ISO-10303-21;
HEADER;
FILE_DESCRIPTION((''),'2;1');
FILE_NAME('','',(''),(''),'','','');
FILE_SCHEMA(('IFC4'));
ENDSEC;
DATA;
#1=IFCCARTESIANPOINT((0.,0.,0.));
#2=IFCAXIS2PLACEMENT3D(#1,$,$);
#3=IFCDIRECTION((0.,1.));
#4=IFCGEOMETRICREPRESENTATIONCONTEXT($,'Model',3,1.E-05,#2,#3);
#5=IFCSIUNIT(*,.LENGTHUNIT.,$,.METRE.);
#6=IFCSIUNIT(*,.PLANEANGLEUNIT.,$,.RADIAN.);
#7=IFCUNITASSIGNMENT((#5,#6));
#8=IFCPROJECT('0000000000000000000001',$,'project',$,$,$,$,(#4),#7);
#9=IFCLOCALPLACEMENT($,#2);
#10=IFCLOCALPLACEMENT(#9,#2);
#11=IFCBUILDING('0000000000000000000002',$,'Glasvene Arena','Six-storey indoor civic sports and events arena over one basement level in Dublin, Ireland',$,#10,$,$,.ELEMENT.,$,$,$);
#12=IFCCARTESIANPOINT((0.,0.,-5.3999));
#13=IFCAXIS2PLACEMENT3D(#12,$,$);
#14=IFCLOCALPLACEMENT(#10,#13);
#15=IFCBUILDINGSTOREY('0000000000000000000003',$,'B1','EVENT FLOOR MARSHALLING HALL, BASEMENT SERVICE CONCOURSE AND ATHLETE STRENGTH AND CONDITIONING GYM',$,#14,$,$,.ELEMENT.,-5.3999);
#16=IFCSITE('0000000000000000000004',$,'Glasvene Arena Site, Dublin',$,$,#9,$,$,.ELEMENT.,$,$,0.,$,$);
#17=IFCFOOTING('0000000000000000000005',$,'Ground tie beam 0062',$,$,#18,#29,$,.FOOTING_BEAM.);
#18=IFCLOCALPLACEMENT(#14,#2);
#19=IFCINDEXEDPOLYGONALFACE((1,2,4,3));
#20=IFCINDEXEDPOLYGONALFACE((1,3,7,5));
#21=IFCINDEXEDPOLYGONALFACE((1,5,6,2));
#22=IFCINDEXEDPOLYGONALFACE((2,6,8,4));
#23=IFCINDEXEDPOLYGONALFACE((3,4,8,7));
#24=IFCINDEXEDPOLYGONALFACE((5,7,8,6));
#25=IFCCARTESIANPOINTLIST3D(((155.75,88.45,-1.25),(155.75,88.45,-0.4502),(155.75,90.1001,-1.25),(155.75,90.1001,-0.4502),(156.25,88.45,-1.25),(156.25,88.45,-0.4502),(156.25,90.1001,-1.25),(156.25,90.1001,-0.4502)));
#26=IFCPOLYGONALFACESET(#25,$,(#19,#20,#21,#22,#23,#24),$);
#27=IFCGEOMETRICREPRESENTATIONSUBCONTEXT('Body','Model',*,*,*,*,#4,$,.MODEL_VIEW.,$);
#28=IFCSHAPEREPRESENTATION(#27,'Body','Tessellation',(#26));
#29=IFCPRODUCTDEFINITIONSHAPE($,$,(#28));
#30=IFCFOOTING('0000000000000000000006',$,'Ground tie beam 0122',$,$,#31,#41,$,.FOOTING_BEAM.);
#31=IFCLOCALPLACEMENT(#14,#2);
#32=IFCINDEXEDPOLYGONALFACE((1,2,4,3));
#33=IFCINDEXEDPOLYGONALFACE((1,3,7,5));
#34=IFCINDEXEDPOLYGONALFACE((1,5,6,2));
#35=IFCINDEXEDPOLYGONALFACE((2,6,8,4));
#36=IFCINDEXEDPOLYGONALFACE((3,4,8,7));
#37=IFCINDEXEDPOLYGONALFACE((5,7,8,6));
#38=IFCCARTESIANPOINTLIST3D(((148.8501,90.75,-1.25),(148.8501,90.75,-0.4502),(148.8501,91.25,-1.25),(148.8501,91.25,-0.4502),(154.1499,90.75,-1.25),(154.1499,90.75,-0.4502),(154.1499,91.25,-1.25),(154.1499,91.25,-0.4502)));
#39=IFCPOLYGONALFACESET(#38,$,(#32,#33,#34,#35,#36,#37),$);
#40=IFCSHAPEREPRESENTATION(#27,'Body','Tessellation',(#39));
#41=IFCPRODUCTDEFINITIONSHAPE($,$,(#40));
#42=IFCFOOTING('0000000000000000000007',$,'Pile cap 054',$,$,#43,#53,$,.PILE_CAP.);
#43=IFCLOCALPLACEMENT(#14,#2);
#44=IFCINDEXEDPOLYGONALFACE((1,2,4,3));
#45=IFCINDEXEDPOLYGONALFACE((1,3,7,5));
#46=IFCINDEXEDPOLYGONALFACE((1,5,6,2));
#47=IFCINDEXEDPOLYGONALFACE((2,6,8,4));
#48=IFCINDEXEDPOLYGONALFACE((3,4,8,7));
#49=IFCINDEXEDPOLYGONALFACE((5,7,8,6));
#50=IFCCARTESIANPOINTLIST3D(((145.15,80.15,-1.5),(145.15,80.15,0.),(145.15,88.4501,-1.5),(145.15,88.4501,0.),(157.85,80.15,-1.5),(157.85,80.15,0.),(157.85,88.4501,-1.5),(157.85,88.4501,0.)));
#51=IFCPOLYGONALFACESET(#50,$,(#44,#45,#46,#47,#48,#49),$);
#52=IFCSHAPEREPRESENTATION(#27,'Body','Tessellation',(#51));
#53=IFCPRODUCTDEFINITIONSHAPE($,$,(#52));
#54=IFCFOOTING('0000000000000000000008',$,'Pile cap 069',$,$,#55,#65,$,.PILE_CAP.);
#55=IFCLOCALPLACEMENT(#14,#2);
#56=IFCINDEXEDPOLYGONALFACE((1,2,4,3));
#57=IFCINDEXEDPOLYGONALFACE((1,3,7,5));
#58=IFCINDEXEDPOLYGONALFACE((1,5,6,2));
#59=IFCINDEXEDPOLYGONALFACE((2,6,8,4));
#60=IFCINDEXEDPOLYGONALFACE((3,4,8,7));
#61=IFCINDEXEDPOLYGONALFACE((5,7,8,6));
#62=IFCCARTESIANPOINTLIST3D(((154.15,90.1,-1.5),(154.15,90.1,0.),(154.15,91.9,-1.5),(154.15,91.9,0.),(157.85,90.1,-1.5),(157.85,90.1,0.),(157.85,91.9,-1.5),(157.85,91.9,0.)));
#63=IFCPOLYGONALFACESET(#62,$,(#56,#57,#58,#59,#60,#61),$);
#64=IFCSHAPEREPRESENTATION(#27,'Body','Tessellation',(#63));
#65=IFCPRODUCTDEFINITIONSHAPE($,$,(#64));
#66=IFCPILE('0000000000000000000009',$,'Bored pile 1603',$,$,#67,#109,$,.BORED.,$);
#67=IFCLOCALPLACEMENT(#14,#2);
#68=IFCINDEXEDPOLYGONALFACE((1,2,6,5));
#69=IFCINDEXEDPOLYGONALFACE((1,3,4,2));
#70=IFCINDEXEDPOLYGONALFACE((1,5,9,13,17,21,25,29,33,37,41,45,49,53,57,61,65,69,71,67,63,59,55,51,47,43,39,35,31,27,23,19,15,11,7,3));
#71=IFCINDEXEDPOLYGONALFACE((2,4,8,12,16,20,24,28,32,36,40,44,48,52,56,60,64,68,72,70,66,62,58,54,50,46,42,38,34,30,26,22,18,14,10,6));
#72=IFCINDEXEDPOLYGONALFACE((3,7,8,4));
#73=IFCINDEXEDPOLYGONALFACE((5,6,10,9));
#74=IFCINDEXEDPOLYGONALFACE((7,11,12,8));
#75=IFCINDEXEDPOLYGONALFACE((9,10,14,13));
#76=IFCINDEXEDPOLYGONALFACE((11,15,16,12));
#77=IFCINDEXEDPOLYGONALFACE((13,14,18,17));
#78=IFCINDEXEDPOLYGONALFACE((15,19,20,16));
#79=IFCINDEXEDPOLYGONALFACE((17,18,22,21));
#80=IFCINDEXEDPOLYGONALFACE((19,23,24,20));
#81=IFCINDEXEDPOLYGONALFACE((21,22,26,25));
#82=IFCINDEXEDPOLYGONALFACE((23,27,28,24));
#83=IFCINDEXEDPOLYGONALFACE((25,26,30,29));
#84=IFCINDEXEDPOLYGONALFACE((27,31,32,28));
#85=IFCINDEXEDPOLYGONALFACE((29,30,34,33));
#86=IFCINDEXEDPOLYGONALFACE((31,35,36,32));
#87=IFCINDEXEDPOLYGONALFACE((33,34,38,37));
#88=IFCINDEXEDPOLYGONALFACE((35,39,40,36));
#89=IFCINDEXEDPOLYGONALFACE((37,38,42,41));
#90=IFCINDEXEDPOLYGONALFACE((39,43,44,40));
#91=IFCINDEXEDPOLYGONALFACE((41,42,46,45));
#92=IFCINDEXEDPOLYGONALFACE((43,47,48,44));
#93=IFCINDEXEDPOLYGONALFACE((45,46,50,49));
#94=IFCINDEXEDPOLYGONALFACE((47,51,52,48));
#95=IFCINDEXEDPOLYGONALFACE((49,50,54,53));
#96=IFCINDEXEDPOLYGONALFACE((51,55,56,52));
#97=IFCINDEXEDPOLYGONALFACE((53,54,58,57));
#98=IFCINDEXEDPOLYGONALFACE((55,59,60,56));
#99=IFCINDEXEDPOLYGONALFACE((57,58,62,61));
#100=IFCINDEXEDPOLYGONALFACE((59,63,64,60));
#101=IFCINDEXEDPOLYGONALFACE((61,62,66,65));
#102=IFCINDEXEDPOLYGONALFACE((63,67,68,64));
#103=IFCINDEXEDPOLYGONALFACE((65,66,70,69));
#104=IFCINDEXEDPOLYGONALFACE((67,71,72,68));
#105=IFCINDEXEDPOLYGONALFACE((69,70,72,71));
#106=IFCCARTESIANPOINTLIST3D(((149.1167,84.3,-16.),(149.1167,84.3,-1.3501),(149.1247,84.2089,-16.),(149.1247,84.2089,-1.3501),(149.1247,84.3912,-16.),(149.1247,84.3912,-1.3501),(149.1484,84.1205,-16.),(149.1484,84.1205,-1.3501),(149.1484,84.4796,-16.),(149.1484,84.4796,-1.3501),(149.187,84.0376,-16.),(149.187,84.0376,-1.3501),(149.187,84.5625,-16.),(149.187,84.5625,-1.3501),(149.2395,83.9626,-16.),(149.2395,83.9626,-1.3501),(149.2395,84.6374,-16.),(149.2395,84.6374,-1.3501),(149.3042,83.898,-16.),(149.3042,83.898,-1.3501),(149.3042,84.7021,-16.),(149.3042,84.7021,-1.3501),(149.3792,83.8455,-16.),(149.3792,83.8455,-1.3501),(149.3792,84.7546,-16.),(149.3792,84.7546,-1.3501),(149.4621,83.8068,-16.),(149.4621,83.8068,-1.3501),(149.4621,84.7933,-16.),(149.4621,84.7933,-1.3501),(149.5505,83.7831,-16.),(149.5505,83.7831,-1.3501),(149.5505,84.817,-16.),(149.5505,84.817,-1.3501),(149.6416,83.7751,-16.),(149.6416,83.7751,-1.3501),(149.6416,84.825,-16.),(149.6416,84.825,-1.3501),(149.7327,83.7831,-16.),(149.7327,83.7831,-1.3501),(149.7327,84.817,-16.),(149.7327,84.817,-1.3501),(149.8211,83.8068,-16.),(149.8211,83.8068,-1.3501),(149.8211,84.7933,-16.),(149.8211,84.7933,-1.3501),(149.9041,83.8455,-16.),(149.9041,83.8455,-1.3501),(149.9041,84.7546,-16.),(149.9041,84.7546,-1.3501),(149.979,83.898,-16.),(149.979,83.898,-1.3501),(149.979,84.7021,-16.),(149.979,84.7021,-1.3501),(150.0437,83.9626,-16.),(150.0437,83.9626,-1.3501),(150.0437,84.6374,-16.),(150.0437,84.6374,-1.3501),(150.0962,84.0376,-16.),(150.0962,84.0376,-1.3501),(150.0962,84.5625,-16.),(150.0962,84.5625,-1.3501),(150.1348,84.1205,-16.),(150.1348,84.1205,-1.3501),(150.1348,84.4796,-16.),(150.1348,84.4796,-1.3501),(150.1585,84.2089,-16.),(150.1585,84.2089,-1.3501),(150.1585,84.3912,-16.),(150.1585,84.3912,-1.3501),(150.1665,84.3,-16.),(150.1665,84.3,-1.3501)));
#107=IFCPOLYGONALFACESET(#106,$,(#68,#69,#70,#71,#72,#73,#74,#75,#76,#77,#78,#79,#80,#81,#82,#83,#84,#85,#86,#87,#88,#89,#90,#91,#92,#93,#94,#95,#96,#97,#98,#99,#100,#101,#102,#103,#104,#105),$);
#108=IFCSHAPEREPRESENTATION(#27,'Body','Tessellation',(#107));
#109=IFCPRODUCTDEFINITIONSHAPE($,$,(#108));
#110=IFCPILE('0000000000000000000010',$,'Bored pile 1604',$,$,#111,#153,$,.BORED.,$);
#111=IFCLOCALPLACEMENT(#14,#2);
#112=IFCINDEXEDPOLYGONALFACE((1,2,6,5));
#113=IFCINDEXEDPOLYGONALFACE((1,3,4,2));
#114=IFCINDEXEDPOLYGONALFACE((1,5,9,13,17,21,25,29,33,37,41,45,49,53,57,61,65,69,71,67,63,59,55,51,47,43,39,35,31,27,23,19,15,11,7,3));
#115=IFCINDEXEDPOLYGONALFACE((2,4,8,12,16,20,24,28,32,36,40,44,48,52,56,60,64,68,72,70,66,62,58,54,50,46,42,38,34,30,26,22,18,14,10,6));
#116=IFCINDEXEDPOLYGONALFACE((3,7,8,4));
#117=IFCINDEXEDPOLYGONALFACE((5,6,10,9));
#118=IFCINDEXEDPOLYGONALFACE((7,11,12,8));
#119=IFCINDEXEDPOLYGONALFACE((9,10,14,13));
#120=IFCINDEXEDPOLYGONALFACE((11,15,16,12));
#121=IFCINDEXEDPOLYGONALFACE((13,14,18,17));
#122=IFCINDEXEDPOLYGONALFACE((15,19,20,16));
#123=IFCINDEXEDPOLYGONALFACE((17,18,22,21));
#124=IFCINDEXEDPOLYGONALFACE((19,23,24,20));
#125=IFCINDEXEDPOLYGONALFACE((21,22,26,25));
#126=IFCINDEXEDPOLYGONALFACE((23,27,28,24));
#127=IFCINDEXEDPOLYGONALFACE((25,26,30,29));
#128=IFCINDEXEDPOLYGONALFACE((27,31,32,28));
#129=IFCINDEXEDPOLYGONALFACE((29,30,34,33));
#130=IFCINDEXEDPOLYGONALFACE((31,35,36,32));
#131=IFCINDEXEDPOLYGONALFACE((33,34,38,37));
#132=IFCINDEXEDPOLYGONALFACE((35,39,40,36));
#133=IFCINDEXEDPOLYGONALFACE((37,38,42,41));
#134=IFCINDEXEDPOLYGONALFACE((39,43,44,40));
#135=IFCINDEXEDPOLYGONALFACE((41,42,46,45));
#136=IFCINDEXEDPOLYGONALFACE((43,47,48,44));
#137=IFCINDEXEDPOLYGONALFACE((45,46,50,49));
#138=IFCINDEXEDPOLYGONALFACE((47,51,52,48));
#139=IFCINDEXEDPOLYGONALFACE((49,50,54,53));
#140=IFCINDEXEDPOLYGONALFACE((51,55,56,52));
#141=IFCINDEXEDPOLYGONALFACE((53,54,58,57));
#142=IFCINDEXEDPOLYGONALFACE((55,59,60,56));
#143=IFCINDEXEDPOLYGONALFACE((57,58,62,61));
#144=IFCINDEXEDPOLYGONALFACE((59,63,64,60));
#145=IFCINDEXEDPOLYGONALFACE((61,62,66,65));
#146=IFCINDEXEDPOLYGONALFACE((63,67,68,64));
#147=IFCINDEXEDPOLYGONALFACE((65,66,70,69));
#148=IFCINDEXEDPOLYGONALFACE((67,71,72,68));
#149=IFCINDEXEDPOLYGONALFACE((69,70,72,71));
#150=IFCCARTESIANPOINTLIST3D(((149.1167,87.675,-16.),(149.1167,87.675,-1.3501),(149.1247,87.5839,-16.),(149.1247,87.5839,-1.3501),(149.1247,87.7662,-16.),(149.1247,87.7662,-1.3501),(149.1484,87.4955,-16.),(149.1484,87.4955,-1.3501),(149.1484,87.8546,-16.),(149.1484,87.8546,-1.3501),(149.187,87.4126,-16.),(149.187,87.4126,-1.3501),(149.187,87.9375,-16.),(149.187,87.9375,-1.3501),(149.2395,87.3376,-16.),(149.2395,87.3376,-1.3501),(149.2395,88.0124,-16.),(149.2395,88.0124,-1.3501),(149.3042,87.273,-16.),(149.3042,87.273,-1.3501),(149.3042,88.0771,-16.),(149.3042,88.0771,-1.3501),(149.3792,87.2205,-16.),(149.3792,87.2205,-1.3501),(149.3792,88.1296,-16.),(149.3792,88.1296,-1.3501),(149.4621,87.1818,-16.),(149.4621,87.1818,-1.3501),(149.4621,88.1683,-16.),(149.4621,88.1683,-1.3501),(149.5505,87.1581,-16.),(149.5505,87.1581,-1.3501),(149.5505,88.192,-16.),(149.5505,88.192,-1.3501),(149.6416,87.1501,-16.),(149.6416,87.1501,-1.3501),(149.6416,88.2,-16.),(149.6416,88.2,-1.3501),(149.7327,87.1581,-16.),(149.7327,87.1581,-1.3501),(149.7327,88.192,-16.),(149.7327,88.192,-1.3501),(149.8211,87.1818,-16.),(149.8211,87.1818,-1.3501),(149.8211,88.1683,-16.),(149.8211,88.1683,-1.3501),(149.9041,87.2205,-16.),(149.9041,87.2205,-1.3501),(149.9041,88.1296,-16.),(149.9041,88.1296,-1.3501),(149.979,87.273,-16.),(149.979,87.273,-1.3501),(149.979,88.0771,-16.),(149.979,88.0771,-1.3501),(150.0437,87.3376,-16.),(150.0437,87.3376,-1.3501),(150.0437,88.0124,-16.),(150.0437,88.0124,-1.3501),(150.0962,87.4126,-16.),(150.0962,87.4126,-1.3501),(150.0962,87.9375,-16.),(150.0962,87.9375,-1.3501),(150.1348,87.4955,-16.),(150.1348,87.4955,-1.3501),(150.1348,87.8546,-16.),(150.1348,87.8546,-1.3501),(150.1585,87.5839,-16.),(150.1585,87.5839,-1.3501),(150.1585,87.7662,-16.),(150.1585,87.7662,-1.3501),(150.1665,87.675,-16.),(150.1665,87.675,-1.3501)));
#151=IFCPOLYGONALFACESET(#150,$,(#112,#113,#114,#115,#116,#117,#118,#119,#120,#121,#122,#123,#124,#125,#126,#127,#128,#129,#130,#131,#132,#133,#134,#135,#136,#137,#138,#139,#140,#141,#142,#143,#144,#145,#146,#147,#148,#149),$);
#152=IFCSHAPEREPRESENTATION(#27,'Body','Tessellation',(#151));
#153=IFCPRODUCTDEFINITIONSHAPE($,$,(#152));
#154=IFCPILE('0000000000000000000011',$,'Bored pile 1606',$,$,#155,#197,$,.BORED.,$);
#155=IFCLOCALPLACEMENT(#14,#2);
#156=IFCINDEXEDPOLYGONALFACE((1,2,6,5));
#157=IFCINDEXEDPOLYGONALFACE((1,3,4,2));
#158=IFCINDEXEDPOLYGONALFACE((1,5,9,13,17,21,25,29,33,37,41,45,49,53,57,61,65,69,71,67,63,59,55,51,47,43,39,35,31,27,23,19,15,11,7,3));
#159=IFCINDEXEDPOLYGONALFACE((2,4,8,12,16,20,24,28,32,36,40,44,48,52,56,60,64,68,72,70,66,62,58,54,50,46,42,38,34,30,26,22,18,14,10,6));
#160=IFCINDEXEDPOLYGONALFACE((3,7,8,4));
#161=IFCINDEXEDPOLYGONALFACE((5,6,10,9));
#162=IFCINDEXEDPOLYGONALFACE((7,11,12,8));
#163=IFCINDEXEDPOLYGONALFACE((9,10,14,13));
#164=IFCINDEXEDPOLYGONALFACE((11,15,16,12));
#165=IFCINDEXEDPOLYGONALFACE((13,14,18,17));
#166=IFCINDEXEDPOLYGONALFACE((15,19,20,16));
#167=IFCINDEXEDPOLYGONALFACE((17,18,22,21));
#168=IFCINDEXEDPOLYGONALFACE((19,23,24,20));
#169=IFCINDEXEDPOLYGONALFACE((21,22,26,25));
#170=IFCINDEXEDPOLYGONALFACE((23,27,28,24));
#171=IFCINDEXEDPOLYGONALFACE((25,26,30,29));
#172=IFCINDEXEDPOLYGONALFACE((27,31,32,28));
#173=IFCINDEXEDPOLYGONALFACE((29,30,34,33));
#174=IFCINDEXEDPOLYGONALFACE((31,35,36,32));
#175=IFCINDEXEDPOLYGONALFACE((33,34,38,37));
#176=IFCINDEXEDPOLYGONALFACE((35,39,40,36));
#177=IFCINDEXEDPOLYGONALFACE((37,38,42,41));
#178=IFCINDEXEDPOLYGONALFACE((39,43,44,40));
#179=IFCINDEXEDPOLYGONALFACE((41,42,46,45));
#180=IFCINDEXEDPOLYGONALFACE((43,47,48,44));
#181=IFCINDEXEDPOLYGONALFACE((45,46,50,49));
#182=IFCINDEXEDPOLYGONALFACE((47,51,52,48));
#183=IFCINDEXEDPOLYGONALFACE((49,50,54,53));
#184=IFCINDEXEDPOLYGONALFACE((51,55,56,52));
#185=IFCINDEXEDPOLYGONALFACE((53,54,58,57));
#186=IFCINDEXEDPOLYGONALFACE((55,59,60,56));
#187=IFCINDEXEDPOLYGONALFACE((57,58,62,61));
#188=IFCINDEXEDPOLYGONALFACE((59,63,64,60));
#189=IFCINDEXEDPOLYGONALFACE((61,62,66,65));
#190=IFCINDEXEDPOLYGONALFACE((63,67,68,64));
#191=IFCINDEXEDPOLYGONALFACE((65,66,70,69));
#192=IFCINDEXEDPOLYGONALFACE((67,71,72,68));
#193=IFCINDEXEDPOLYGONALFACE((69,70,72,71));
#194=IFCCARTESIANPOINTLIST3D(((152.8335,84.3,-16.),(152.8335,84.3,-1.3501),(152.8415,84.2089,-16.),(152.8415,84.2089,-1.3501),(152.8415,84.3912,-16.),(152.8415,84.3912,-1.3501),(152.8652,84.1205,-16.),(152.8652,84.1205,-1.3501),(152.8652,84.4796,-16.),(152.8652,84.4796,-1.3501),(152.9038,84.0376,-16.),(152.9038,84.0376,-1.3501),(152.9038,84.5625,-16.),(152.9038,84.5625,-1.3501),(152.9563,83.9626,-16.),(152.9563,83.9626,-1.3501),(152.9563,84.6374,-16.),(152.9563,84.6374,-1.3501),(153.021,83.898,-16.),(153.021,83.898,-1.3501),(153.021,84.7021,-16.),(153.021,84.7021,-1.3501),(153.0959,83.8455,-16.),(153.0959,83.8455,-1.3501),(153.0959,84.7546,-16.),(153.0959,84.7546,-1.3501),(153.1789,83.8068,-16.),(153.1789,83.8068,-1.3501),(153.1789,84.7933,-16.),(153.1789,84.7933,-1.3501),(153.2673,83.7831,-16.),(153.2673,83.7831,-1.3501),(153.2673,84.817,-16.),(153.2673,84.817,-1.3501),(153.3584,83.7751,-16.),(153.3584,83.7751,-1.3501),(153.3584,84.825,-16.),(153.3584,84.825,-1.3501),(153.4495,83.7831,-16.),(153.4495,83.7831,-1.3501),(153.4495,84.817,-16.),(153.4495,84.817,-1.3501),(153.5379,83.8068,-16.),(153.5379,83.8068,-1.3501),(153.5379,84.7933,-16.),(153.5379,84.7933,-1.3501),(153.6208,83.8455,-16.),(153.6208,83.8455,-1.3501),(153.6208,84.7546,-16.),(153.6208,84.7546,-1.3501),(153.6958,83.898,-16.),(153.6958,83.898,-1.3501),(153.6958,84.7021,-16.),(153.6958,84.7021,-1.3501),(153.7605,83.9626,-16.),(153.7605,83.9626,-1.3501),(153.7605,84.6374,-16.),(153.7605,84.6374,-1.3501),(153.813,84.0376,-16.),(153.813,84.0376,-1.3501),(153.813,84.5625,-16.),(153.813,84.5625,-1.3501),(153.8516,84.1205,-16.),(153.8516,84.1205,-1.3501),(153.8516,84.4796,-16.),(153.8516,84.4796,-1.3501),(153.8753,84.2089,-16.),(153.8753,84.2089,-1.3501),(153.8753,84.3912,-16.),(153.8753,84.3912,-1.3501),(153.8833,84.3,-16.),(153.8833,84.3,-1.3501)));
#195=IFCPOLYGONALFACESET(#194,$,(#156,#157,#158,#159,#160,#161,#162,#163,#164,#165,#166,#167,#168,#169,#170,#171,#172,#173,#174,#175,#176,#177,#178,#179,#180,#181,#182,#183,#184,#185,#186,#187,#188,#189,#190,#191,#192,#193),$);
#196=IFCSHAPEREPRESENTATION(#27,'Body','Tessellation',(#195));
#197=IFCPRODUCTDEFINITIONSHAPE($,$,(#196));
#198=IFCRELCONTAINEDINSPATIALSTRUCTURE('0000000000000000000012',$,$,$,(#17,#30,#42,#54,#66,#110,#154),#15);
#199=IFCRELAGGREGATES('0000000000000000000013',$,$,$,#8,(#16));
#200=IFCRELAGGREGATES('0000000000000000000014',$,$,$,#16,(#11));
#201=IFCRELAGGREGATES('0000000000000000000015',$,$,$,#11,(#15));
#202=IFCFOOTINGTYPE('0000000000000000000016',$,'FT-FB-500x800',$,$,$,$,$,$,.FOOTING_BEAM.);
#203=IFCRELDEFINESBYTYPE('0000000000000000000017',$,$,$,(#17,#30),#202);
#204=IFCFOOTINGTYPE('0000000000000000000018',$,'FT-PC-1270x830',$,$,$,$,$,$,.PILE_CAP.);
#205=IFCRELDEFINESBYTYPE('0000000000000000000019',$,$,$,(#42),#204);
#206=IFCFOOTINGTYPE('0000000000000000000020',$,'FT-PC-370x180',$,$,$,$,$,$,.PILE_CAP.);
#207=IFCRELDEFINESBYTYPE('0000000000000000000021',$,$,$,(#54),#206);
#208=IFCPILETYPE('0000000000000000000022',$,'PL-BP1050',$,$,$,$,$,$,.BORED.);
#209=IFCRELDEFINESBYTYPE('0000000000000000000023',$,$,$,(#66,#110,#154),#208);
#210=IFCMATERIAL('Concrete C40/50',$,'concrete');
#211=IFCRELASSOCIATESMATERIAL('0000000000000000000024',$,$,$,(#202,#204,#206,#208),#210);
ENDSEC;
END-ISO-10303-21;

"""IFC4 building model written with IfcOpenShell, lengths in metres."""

from ifc_helpers import new_model, si_unit, direction, frame, origin, origin_2d, place, context, subcontext, project, spatial, polyline, rectangle, circle, outline, extrude, material, material_profile, profile_set, type_object, element, save


model = new_model("IFC4")

# Units and contexts
model_context = context("Model", 3, precision=1e-05, world=origin(), true_north=direction((0.0, 1.0)))
body_context = subcontext(model_context, "Body", "Model", "MODEL_VIEW")
ifc_project = project(units=[si_unit("LENGTHUNIT", "METRE"), si_unit("PLANEANGLEUNIT", "RADIAN")], contexts=[model_context])

# Site, building, storey
site_placement = place(None, origin())
site = spatial("IfcSite", under=ifc_project, at=site_placement, Name="Glasvene Arena Site, Dublin", CompositionType="ELEMENT", RefElevation=0.0)
building_placement = place(site_placement, origin())
building = spatial("IfcBuilding", under=site, at=building_placement, Name="Glasvene Arena", Description="Six-storey indoor civic sports and events arena over one basement level in Dublin, Ireland", CompositionType="ELEMENT")
storey_placement = place(building_placement, frame((0.0, 0.0, -5.3999)))
storey = spatial("IfcBuildingStorey", under=building, at=storey_placement, Name="B1", Description="EVENT FLOOR MARSHALLING HALL, BASEMENT SERVICE CONCOURSE AND ATHLETE STRENGTH AND CONDITIONING GYM", CompositionType="ELEMENT", Elevation=-5.3999)

# Footings
ifc_material_1 = material(Name="Concrete C40/50", Category="concrete")
footing_type_1 = type_object("IfcFootingType", Name="FT-FB-500x800", PredefinedType="FOOTING_BEAM", material=ifc_material_1)
footing_1_placement = place(storey_placement, frame((156.0, 89.2749, -1.25)))
element("IfcFooting", 1, at=footing_1_placement, inside=storey, type_object=footing_type_1, Name="Ground tie beam 0062", PredefinedType="FOOTING_BEAM", context=body_context, shape_type="SweptSolid", body=[
    extrude(outline(polyline([(-0.25, -0.825), (0.25, -0.825), (0.25, 0.8252), (-0.25, 0.8252), (-0.25, -0.825)])), origin(), (0.0, 0.0, 1.0), 0.7998),
])
footing_2_placement = place(storey_placement, frame((151.5, 91.0, -1.25)))
element("IfcFooting", 2, at=footing_2_placement, inside=storey, type_object=footing_type_1, Name="Ground tie beam 0122", PredefinedType="FOOTING_BEAM", context=body_context, shape_type="SweptSolid", body=[
    extrude(outline(polyline([(-2.6499, -0.25), (2.6499, -0.25), (2.6499, 0.25), (-2.6499, 0.25), (-2.6499, -0.25)])), origin(), (0.0, 0.0, 1.0), 0.7998),
])
footing_type_2 = type_object("IfcFootingType", Name="FT-PC-1270x830", PredefinedType="PILE_CAP", material=ifc_material_1)
footing_3_placement = place(storey_placement, frame((151.5, 84.3, -1.5), z_axis=(0.0, 0.0, 1.0), x_axis=(1.0, 0.0, 0.0)))
element("IfcFooting", 3, at=footing_3_placement, inside=storey, type_object=footing_type_2, Name="Pile cap 054", PredefinedType="PILE_CAP", context=body_context, shape_type="SweptSolid", body=[
    extrude(rectangle(XDim=12.7, YDim=8.3, at=origin_2d()), origin(), (0.0, 0.0, 1.0), 1.5),
])
footing_type_3 = type_object("IfcFootingType", Name="FT-PC-370x180", PredefinedType="PILE_CAP", material=ifc_material_1)
footing_4_placement = place(storey_placement, frame((156.0, 91.0, -1.5), z_axis=(0.0, 0.0, 1.0), x_axis=(1.0, 0.0, 0.0)))
element("IfcFooting", 4, at=footing_4_placement, inside=storey, type_object=footing_type_3, Name="Pile cap 069", PredefinedType="PILE_CAP", context=body_context, shape_type="SweptSolid", body=[
    extrude(rectangle(XDim=3.7, YDim=1.8, at=origin_2d()), origin(), (0.0, 0.0, 1.0), 1.5),
])

# Piles
ifc_material_profile_1 = material_profile(ifc_material_1, circle(Radius=0.5249, at=origin_2d()), Name="BORED PILE 1050")
ifc_profile_set_1 = profile_set([ifc_material_profile_1], Name="Concrete C40/50")
pile_type_1 = type_object("IfcPileType", Name="PL-BP1050", PredefinedType="BORED", material=ifc_profile_set_1)
for number, where, z_axis, x_axis, name in (
    (5, (149.6416, 84.3, -1.3501), (0.0, 0.0, -1.0), (1.0, 0.0, 0.0), "Bored pile 1603"),
    (6, (149.6416, 87.675, -1.3501), (0.0, 0.0, -1.0), (1.0, 0.0, 0.0), "Bored pile 1604"),
    (7, (153.3584, 84.3, -1.3501), (0.0, 0.0, -1.0), (1.0, 0.0, 0.0), "Bored pile 1606"),
):
    element("IfcPile", number, at=place(storey_placement, frame(where, z_axis=z_axis, x_axis=x_axis)), inside=storey, type_object=pile_type_1, Name=name, PredefinedType="BORED", context=body_context, shape_type="SweptSolid", body=[
        extrude(circle(Radius=0.5249, at=origin_2d()), origin(), (0.0, 0.0, 1.0), 14.6499),
    ])

save(model, "model.ifc")
